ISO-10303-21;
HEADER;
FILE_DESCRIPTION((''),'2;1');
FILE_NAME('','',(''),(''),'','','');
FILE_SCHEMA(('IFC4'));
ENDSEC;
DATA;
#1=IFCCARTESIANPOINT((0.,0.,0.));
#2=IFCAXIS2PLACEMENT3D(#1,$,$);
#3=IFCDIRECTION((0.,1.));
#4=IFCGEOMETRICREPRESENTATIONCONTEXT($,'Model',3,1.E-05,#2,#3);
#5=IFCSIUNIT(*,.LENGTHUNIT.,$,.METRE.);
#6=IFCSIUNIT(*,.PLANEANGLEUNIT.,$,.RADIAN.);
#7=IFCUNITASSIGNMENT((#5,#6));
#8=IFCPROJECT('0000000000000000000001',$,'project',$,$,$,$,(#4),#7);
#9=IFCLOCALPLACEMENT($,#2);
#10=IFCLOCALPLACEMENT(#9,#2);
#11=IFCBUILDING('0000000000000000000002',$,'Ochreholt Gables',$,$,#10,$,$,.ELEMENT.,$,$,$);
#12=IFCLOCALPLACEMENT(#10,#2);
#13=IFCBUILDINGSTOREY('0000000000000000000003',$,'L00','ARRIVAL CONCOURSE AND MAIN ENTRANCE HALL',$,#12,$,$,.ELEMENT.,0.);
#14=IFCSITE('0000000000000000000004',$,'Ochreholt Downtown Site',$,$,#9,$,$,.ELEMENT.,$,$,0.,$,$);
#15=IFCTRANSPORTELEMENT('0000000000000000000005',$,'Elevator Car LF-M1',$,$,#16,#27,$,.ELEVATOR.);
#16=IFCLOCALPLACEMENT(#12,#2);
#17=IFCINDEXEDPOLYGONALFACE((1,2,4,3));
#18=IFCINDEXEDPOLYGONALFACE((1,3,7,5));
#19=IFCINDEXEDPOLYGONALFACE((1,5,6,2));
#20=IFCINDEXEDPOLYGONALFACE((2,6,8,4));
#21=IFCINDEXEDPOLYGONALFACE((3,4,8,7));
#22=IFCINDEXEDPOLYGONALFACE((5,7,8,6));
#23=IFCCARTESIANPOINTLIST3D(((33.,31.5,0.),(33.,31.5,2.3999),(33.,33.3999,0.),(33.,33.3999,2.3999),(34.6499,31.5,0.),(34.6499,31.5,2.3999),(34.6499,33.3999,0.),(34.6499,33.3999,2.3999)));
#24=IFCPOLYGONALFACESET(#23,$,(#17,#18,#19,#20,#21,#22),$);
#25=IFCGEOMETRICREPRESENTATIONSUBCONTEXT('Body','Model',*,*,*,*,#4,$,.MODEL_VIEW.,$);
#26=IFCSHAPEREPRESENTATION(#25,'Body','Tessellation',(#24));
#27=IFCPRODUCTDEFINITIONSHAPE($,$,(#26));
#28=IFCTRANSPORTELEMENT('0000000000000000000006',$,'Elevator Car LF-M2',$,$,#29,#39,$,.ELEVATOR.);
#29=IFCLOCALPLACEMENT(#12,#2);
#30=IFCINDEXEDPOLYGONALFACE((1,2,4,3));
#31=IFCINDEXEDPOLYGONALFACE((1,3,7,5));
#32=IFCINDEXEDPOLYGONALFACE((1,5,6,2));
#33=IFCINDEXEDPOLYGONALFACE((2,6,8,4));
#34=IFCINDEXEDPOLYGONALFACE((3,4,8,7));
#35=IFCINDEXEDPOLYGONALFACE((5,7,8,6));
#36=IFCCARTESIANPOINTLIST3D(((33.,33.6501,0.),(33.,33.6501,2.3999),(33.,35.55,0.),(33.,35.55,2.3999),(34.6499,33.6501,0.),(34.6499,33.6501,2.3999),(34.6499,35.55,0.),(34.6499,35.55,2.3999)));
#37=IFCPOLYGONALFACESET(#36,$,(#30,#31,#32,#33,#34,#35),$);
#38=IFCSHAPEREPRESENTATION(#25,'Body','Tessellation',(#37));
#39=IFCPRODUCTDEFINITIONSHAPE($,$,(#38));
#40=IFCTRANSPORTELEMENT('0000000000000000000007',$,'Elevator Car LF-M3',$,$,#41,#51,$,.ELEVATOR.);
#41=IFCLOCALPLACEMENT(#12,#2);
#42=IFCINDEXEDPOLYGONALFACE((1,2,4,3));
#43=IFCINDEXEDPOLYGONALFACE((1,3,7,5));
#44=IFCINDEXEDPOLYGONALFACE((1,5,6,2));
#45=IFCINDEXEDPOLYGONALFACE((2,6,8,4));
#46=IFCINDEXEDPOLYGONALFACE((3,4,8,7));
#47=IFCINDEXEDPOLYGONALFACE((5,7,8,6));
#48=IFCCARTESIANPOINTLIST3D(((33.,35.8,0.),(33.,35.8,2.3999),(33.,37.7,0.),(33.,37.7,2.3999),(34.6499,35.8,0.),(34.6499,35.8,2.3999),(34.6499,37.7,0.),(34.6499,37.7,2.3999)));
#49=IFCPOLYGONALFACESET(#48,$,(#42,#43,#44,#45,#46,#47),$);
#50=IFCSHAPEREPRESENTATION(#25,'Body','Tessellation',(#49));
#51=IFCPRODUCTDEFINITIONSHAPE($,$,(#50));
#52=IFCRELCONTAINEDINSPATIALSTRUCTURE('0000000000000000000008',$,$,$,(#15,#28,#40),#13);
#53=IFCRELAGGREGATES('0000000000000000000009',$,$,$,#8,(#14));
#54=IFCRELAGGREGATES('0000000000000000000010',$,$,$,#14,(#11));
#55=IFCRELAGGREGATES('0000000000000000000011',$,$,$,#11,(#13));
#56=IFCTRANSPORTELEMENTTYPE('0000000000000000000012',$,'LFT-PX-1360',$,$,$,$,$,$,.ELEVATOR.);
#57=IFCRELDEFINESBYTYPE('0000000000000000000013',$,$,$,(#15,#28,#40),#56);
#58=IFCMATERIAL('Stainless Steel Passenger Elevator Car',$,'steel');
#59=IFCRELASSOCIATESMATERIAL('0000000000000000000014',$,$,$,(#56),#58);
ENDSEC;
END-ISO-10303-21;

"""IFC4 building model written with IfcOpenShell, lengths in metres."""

from ifc_helpers import new_model, si_unit, direction, frame, origin, origin_2d, place, context, subcontext, project, spatial, rectangle, extrude, material, type_object, element, save


model = new_model("IFC4")

# Units and contexts
model_context = context("Model", 3, precision=1e-05, world=origin(), true_north=direction((0.0, 1.0)))
body_context = subcontext(model_context, "Body", "Model", "MODEL_VIEW")
ifc_project = project(units=[si_unit("LENGTHUNIT", "METRE"), si_unit("PLANEANGLEUNIT", "RADIAN")], contexts=[model_context])

# Site, building, storey
site_placement = place(None, origin())
site = spatial("IfcSite", under=ifc_project, at=site_placement, Name="Ochreholt Downtown Site", CompositionType="ELEMENT", RefElevation=0.0)
building_placement = place(site_placement, origin())
building = spatial("IfcBuilding", under=site, at=building_placement, Name="Ochreholt Gables", CompositionType="ELEMENT")
storey_placement = place(building_placement, origin())
storey = spatial("IfcBuildingStorey", under=building, at=storey_placement, Name="L00", Description="ARRIVAL CONCOURSE AND MAIN ENTRANCE HALL", CompositionType="ELEMENT", Elevation=0.0)

# Transport elements
ifc_material_1 = material(Name="Stainless Steel Passenger Elevator Car", Category="steel")
transport_element_type_1 = type_object("IfcTransportElementType", Name="LFT-PX-1360", PredefinedType="ELEVATOR", material=ifc_material_1)
for number, where, z_axis, x_axis, name in (
    (1, (33.825, 32.45, 0.0), (0.0, 0.0, 1.0), (1.0, 0.0, 0.0), "Elevator Car LF-M1"),
    (2, (33.825, 34.6001, 0.0), (0.0, 0.0, 1.0), (1.0, 0.0, 0.0), "Elevator Car LF-M2"),
    (3, (33.825, 36.75, 0.0), (0.0, 0.0, 1.0), (1.0, 0.0, 0.0), "Elevator Car LF-M3"),
):
    element("IfcTransportElement", number, at=place(storey_placement, frame(where, z_axis=z_axis, x_axis=x_axis)), inside=storey, type_object=transport_element_type_1, Name=name, PredefinedType="ELEVATOR", context=body_context, shape_type="SweptSolid", body=[
        extrude(rectangle(XDim=1.6499, YDim=1.8999, at=origin_2d()), origin(), (0.0, 0.0, 1.0), 2.3999),
    ])

save(model, "model.ifc")
